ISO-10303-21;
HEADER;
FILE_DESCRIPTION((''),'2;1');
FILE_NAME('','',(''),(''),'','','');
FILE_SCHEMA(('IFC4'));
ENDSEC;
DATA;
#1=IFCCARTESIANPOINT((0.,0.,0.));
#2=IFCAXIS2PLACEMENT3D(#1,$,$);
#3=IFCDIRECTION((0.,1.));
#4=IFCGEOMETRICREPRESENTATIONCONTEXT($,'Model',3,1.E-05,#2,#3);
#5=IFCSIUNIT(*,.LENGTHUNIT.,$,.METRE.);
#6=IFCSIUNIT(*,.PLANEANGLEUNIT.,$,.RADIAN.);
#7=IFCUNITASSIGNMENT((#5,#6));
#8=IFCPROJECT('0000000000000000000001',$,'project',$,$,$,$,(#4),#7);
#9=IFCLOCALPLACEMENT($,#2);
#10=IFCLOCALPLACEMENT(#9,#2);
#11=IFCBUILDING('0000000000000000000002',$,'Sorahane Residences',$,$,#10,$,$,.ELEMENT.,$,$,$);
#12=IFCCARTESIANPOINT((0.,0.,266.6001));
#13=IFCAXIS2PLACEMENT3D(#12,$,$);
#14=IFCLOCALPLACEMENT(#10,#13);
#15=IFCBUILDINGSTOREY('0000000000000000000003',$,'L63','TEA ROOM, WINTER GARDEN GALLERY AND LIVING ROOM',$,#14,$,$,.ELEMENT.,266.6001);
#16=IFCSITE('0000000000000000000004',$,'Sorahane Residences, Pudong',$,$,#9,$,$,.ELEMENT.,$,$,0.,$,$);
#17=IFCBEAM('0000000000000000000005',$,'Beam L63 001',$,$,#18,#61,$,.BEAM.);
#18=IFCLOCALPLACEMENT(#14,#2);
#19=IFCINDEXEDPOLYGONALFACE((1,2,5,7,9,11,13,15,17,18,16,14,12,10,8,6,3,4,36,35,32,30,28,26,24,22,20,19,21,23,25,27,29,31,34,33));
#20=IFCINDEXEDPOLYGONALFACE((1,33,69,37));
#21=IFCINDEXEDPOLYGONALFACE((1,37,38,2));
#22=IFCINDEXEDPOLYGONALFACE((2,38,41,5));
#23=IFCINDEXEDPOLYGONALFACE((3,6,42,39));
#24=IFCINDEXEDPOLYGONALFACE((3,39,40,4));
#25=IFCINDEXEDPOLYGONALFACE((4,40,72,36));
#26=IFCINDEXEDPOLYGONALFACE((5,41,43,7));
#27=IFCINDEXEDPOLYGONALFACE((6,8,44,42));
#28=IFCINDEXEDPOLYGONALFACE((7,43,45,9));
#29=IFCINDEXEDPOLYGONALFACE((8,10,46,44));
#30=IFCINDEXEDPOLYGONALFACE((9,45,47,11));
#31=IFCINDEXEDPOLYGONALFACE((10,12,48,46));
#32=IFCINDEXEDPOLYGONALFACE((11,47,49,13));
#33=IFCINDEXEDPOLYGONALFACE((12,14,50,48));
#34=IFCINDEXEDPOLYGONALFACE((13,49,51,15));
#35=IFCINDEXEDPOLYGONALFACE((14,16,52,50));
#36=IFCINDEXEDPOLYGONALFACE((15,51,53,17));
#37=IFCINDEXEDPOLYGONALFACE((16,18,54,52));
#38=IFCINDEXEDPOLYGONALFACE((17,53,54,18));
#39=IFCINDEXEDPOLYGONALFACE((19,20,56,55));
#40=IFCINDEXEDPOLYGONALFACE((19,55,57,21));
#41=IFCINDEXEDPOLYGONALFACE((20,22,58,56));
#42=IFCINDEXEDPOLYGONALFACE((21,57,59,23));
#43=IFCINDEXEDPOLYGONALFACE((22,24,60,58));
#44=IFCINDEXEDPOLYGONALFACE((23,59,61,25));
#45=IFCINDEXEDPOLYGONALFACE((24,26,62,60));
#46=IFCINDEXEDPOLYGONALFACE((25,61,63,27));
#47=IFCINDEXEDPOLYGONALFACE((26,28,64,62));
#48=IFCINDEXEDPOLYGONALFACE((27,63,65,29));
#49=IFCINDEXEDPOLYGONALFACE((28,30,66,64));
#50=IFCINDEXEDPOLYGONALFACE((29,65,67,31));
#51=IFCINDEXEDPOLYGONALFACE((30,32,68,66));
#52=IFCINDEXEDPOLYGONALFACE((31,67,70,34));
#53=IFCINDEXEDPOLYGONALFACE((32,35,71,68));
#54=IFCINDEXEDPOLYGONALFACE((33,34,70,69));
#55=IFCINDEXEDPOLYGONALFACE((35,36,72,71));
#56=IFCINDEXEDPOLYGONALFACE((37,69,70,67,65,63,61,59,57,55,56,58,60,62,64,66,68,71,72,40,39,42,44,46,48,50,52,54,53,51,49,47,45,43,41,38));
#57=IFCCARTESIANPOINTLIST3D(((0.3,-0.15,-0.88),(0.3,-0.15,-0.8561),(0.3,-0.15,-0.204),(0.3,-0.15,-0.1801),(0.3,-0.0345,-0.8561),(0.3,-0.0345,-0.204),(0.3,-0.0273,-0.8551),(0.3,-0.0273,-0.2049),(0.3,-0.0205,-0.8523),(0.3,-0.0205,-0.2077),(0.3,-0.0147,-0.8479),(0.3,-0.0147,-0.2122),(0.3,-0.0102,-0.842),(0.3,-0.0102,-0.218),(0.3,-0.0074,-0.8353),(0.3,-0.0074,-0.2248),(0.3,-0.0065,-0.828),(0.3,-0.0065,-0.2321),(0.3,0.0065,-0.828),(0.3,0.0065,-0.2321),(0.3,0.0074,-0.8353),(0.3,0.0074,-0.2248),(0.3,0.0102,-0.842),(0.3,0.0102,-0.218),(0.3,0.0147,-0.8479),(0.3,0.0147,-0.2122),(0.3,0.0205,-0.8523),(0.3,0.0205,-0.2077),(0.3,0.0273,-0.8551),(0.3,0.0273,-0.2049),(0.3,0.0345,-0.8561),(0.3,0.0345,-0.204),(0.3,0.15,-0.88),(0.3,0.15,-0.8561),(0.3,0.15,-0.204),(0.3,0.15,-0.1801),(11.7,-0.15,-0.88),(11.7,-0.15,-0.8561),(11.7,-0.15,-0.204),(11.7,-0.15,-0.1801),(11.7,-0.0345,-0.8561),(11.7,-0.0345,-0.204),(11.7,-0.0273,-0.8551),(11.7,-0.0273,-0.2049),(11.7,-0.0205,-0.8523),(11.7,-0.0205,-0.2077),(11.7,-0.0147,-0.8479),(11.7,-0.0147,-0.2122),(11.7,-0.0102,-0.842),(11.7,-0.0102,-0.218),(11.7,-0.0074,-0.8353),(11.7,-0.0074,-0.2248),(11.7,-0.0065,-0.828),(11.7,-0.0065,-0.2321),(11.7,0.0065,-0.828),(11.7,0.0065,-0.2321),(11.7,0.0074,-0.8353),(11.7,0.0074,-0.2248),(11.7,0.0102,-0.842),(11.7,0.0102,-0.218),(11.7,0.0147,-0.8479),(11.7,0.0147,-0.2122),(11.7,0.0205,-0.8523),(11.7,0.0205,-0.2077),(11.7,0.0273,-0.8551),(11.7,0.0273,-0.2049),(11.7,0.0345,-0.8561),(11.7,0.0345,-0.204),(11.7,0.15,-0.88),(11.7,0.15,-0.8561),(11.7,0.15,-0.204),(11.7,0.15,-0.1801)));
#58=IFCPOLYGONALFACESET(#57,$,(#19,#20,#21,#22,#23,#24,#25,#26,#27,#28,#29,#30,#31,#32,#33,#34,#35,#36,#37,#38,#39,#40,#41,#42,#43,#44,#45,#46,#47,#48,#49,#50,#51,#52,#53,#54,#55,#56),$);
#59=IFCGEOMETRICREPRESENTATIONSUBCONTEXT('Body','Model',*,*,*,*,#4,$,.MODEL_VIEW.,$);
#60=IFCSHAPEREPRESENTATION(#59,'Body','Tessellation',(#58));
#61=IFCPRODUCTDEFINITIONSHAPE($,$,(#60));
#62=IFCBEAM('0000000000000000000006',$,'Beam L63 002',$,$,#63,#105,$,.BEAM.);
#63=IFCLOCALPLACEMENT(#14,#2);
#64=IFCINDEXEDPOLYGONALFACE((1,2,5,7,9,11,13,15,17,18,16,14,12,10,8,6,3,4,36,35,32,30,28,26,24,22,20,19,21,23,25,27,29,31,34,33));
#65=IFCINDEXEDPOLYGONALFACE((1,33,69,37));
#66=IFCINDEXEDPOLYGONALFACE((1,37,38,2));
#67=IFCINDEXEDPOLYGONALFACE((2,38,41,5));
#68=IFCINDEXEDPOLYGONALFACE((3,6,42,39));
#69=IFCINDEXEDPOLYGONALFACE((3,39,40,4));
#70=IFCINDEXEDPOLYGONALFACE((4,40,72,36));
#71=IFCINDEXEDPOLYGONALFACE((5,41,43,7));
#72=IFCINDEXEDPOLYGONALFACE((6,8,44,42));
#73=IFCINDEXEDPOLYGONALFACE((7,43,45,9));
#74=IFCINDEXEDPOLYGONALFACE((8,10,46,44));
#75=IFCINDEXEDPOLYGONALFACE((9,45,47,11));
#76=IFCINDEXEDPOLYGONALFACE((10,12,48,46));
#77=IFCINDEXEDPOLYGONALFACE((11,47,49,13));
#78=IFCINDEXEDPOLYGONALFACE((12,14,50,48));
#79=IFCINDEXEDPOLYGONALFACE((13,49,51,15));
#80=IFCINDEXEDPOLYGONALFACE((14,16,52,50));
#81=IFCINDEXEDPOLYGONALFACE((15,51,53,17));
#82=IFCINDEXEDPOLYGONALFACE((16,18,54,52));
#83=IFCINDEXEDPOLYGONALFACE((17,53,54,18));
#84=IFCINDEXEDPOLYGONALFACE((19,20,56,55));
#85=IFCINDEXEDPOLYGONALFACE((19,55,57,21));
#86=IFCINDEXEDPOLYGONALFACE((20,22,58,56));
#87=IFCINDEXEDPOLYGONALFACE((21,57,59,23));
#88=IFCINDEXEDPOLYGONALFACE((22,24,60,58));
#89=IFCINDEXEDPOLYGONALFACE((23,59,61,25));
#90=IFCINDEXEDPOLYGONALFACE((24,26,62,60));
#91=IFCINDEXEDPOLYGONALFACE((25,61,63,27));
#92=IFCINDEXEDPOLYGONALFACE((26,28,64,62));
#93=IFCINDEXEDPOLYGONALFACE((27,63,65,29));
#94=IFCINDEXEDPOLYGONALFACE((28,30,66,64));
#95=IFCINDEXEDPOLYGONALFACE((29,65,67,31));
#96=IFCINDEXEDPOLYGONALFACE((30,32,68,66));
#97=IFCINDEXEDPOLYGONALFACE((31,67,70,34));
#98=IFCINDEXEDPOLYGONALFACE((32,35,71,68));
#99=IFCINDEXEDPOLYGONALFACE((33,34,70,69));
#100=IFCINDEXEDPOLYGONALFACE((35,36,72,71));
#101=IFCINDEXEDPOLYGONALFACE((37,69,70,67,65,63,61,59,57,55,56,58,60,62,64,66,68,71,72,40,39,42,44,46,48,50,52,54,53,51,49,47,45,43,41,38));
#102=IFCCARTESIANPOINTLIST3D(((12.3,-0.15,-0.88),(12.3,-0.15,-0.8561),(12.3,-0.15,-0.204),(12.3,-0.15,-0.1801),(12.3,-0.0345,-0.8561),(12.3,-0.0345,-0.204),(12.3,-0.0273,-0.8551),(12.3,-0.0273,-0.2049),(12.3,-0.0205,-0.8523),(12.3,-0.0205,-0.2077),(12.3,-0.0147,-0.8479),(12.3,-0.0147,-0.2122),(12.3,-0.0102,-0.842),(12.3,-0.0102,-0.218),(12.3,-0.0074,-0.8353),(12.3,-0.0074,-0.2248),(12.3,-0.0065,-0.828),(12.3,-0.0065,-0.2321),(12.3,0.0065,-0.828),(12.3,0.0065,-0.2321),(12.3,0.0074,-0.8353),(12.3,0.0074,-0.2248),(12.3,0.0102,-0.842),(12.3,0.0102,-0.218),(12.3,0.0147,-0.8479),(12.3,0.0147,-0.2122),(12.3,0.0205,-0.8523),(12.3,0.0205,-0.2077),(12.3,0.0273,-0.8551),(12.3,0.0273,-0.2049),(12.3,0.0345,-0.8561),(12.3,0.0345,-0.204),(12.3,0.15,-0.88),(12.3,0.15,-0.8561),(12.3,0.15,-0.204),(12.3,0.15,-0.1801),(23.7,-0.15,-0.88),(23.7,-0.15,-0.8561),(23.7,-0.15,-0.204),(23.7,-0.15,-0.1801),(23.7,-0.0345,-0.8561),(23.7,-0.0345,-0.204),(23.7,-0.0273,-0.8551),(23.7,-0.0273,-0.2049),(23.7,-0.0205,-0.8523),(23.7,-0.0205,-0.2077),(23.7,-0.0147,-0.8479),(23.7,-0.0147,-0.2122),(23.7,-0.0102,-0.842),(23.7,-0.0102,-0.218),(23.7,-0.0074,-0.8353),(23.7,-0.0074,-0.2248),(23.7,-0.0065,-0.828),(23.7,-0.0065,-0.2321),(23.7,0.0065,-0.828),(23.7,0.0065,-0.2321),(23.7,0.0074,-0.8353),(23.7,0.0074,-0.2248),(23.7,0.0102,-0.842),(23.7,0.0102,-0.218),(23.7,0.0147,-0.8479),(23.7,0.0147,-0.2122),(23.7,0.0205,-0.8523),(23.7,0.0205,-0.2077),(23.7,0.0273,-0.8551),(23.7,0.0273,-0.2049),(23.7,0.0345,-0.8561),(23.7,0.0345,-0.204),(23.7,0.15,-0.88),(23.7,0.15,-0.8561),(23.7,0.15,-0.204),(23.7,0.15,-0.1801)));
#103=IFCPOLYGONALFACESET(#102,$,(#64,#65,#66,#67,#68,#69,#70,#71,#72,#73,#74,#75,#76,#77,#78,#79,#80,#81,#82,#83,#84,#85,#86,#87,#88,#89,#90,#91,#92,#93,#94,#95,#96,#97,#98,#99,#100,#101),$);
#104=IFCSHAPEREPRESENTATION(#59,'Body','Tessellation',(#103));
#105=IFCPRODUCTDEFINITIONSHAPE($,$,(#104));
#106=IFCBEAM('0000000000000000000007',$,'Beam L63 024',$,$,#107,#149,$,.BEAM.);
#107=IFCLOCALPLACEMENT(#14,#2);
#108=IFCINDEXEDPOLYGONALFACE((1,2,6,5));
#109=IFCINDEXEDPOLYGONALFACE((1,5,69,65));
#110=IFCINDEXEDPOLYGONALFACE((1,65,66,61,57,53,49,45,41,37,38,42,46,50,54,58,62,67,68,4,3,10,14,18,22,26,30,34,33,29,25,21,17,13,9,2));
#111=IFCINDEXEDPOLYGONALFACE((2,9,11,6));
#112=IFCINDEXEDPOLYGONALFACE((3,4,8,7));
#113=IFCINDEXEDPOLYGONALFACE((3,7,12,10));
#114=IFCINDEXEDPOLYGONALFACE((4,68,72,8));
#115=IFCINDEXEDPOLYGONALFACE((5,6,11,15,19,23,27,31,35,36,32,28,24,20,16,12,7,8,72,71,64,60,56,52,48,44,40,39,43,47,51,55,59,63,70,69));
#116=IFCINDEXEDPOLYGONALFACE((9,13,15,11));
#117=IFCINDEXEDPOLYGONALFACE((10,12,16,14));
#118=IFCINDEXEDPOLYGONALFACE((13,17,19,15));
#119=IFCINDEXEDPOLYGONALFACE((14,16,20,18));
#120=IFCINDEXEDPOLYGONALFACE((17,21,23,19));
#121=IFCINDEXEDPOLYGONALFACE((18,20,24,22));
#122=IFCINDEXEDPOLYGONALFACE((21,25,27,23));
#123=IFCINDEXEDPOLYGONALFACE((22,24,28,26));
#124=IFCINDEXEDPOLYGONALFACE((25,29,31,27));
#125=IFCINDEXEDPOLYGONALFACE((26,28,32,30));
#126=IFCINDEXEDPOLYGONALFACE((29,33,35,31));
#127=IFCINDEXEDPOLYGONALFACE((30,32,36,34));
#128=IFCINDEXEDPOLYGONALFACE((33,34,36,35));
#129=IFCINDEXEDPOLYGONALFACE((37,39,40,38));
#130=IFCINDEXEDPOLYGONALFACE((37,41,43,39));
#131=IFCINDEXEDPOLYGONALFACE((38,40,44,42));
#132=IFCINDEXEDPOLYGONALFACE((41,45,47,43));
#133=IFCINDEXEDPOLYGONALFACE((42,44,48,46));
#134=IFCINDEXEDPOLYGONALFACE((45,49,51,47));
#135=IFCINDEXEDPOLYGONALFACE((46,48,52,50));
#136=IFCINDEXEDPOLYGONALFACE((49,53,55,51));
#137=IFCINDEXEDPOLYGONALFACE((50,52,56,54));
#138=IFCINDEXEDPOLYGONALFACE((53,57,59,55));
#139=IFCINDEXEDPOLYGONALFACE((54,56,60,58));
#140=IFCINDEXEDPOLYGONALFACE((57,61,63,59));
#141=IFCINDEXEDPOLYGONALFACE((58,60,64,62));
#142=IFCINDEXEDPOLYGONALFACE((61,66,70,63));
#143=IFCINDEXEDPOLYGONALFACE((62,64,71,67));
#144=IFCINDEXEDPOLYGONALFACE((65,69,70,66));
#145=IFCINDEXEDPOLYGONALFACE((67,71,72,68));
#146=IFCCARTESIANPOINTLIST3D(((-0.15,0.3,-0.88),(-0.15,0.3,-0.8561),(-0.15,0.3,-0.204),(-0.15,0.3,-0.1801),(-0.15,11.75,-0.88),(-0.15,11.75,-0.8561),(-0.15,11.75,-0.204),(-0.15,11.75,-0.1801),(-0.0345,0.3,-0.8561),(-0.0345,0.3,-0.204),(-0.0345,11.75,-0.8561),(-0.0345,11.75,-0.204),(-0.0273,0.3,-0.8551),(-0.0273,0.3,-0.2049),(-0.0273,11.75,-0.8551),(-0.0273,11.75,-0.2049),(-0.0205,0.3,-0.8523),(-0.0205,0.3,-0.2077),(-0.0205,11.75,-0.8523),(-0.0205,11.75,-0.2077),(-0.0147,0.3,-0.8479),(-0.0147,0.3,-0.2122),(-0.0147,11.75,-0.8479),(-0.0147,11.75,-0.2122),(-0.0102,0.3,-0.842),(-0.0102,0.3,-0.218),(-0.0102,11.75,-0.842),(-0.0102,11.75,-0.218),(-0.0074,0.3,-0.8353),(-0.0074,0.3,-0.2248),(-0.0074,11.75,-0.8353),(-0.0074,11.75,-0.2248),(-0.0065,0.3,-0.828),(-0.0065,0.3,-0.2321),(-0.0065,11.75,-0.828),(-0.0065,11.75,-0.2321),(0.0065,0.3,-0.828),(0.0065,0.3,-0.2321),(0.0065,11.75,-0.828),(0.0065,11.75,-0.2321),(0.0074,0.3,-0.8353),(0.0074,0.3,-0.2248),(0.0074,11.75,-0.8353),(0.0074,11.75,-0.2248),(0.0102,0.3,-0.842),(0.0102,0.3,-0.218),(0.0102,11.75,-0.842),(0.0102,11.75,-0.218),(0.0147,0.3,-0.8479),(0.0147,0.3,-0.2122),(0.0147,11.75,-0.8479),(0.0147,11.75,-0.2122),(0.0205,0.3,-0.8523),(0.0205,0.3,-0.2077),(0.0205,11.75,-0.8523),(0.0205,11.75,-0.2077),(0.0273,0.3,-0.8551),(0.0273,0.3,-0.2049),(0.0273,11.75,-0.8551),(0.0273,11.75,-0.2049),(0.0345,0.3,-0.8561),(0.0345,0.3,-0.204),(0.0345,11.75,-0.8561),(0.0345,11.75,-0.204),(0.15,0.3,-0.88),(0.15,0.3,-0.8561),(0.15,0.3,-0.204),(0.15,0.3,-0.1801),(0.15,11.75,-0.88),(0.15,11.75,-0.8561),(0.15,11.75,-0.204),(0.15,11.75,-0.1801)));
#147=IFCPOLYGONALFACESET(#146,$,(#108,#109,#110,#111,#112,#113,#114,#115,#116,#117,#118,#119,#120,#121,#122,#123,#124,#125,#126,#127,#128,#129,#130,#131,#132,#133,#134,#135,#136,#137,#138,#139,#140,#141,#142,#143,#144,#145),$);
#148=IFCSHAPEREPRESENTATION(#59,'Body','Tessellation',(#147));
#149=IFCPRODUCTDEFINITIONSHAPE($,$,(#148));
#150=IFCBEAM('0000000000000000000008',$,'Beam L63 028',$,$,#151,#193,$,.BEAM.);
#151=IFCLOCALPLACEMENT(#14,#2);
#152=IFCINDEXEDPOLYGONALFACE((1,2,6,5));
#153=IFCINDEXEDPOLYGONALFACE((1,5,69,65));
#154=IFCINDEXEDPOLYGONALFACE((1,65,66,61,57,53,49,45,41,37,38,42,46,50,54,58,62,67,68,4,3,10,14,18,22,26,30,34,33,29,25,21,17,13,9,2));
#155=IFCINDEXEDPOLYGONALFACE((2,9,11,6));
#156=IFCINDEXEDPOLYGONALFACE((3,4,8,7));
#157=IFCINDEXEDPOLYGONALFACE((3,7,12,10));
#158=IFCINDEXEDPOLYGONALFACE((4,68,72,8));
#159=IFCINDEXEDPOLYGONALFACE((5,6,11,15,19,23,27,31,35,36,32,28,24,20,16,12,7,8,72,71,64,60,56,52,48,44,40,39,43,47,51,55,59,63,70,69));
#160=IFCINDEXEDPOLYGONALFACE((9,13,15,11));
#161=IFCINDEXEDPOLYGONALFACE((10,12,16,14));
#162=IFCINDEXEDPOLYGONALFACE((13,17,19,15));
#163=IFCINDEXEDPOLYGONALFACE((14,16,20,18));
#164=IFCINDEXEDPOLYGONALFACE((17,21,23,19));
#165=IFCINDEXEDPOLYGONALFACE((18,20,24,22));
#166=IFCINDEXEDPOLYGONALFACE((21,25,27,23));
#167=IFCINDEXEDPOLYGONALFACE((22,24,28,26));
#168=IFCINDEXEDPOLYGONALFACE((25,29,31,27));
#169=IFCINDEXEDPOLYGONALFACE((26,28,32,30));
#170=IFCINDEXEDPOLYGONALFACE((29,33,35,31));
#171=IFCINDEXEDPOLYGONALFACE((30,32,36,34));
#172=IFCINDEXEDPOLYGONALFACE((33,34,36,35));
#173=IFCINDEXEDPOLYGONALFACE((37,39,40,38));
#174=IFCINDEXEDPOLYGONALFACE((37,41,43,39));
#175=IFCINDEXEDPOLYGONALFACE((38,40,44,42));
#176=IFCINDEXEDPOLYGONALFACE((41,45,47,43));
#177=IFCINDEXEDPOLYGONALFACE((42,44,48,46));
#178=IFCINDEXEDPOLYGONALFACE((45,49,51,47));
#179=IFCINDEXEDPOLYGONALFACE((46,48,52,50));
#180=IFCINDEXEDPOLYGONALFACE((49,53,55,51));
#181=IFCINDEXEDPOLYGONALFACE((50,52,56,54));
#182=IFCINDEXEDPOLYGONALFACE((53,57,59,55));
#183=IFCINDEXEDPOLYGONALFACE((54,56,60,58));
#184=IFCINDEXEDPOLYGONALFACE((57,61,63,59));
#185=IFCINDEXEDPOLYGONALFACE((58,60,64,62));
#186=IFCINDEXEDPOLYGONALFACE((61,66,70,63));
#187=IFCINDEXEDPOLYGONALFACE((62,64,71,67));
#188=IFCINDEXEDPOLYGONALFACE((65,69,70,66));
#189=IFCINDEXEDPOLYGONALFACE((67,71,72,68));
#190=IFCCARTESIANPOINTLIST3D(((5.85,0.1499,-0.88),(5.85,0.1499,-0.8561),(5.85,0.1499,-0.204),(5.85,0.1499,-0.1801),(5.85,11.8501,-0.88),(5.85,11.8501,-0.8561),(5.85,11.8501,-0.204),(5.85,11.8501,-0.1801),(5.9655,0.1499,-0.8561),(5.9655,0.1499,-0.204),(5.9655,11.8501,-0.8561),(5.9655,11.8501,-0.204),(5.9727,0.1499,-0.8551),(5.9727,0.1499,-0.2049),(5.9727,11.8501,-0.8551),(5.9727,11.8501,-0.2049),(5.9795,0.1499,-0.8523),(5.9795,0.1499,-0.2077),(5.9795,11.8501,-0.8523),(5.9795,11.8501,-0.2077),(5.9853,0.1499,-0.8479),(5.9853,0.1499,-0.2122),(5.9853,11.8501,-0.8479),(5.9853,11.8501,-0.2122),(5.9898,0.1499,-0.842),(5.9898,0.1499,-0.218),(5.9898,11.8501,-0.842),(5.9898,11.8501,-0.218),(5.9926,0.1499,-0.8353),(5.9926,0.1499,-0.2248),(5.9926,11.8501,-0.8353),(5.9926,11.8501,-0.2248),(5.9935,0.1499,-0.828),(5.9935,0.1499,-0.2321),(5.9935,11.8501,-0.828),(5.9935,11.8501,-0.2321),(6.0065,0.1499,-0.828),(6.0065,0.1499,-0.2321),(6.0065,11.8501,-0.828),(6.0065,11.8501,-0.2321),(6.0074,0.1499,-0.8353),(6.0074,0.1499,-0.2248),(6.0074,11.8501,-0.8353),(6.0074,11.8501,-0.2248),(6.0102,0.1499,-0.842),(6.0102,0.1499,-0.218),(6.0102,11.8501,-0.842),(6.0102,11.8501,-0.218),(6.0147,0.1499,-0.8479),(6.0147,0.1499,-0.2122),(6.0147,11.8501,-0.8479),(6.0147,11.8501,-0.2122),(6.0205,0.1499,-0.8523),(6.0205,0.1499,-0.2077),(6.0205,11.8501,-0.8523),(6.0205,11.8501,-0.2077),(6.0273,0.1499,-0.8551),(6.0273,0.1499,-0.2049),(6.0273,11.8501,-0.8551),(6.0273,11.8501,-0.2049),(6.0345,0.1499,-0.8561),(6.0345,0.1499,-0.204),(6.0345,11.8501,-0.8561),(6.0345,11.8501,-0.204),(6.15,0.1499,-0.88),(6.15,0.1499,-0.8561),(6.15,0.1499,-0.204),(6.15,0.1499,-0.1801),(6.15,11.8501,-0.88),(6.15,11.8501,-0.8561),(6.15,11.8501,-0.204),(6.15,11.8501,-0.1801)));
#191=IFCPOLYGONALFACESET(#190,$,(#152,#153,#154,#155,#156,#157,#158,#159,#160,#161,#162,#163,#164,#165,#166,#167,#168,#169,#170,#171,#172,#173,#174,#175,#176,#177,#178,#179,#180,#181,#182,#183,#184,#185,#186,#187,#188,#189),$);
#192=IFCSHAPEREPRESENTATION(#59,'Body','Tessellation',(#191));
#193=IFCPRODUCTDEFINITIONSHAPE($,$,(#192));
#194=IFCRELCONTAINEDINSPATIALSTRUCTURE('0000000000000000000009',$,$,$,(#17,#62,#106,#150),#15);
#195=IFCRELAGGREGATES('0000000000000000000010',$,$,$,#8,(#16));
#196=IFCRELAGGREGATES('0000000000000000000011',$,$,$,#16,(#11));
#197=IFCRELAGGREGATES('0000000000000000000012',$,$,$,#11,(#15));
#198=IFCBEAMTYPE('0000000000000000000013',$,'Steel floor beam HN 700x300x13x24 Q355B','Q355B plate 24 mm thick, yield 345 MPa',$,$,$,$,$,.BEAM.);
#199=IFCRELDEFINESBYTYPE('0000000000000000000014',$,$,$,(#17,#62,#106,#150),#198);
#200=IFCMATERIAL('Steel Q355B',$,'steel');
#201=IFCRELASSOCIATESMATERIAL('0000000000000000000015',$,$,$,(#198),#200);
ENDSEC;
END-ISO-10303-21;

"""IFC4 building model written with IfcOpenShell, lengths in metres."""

from ifc_helpers import new_model, si_unit, direction, frame, origin, origin_2d, place, context, subcontext, project, spatial, i_section, extrude, material, material_profile, profile_set, type_object, element, save


model = new_model("IFC4")

# Units and contexts
model_context = context("Model", 3, precision=1e-05, world=origin(), true_north=direction((0.0, 1.0)))
body_context = subcontext(model_context, "Body", "Model", "MODEL_VIEW")
ifc_project = project(units=[si_unit("LENGTHUNIT", "METRE"), si_unit("PLANEANGLEUNIT", "RADIAN")], contexts=[model_context])

# Site, building, storey
site_placement = place(None, origin())
site = spatial("IfcSite", under=ifc_project, at=site_placement, Name="Sorahane Residences, Pudong", CompositionType="ELEMENT", RefElevation=0.0)
building_placement = place(site_placement, origin())
building = spatial("IfcBuilding", under=site, at=building_placement, Name="Sorahane Residences", CompositionType="ELEMENT")
storey_placement = place(building_placement, frame((0.0, 0.0, 266.6001)))
storey = spatial("IfcBuildingStorey", under=building, at=storey_placement, Name="L63", Description="TEA ROOM, WINTER GARDEN GALLERY AND LIVING ROOM", CompositionType="ELEMENT", Elevation=266.6001)

# Beams
ifc_material_1 = material(Name="Steel Q355B", Category="steel")
ifc_material_profile_1 = material_profile(ifc_material_1, i_section(OverallWidth=0.3, OverallDepth=0.7, WebThickness=0.0129, FlangeThickness=0.0239, FilletRadius=0.0281, at=origin_2d()), Name="HN 700x300x13x24")
ifc_profile_set_1 = profile_set([ifc_material_profile_1], Name="Steel Q355B")
beam_type_1 = type_object("IfcBeamType", Name="Steel floor beam HN 700x300x13x24 Q355B", Description="Q355B plate 24 mm thick, yield 345 MPa", PredefinedType="BEAM", material=ifc_profile_set_1)
for number, where, z_axis, x_axis, name in (
    (1, (0.3, 0.0, -0.53), (1.0, 0.0, 0.0), (0.0, 1.0, 0.0), "Beam L63 001"),
    (2, (12.3, 0.0, -0.53), (1.0, 0.0, 0.0), (0.0, 1.0, 0.0), "Beam L63 002"),
):
    element("IfcBeam", number, at=place(storey_placement, frame(where, z_axis=z_axis, x_axis=x_axis)), inside=storey, type_object=beam_type_1, Name=name, PredefinedType="BEAM", context=body_context, shape_type="SweptSolid", body=[
        extrude(i_section(OverallWidth=0.3, OverallDepth=0.7, WebThickness=0.0129, FlangeThickness=0.0239, FilletRadius=0.0281, at=origin_2d()), origin(), (0.0, 0.0, 1.0), 11.3999),
    ])
beam_1_placement = place(storey_placement, frame((0.0, 0.3, -0.53), z_axis=(0.0, 1.0, 0.0), x_axis=(-1.0, 0.0, 0.0)))
element("IfcBeam", 3, at=beam_1_placement, inside=storey, type_object=beam_type_1, Name="Beam L63 024", PredefinedType="BEAM", context=body_context, shape_type="SweptSolid", body=[
    extrude(i_section(OverallWidth=0.3, OverallDepth=0.7, WebThickness=0.0129, FlangeThickness=0.0239, FilletRadius=0.0281, at=origin_2d()), origin(), (0.0, 0.0, 1.0), 11.45),
])
beam_2_placement = place(storey_placement, frame((6.0, 0.1499, -0.53), z_axis=(0.0, 1.0, 0.0), x_axis=(-1.0, 0.0, 0.0)))
element("IfcBeam", 4, at=beam_2_placement, inside=storey, type_object=beam_type_1, Name="Beam L63 028", PredefinedType="BEAM", context=body_context, shape_type="SweptSolid", body=[
    extrude(i_section(OverallWidth=0.3, OverallDepth=0.7, WebThickness=0.0129, FlangeThickness=0.0239, FilletRadius=0.0281, at=origin_2d()), origin(), (0.0, 0.0, 1.0), 11.7002),
])

save(model, "model.ifc")
